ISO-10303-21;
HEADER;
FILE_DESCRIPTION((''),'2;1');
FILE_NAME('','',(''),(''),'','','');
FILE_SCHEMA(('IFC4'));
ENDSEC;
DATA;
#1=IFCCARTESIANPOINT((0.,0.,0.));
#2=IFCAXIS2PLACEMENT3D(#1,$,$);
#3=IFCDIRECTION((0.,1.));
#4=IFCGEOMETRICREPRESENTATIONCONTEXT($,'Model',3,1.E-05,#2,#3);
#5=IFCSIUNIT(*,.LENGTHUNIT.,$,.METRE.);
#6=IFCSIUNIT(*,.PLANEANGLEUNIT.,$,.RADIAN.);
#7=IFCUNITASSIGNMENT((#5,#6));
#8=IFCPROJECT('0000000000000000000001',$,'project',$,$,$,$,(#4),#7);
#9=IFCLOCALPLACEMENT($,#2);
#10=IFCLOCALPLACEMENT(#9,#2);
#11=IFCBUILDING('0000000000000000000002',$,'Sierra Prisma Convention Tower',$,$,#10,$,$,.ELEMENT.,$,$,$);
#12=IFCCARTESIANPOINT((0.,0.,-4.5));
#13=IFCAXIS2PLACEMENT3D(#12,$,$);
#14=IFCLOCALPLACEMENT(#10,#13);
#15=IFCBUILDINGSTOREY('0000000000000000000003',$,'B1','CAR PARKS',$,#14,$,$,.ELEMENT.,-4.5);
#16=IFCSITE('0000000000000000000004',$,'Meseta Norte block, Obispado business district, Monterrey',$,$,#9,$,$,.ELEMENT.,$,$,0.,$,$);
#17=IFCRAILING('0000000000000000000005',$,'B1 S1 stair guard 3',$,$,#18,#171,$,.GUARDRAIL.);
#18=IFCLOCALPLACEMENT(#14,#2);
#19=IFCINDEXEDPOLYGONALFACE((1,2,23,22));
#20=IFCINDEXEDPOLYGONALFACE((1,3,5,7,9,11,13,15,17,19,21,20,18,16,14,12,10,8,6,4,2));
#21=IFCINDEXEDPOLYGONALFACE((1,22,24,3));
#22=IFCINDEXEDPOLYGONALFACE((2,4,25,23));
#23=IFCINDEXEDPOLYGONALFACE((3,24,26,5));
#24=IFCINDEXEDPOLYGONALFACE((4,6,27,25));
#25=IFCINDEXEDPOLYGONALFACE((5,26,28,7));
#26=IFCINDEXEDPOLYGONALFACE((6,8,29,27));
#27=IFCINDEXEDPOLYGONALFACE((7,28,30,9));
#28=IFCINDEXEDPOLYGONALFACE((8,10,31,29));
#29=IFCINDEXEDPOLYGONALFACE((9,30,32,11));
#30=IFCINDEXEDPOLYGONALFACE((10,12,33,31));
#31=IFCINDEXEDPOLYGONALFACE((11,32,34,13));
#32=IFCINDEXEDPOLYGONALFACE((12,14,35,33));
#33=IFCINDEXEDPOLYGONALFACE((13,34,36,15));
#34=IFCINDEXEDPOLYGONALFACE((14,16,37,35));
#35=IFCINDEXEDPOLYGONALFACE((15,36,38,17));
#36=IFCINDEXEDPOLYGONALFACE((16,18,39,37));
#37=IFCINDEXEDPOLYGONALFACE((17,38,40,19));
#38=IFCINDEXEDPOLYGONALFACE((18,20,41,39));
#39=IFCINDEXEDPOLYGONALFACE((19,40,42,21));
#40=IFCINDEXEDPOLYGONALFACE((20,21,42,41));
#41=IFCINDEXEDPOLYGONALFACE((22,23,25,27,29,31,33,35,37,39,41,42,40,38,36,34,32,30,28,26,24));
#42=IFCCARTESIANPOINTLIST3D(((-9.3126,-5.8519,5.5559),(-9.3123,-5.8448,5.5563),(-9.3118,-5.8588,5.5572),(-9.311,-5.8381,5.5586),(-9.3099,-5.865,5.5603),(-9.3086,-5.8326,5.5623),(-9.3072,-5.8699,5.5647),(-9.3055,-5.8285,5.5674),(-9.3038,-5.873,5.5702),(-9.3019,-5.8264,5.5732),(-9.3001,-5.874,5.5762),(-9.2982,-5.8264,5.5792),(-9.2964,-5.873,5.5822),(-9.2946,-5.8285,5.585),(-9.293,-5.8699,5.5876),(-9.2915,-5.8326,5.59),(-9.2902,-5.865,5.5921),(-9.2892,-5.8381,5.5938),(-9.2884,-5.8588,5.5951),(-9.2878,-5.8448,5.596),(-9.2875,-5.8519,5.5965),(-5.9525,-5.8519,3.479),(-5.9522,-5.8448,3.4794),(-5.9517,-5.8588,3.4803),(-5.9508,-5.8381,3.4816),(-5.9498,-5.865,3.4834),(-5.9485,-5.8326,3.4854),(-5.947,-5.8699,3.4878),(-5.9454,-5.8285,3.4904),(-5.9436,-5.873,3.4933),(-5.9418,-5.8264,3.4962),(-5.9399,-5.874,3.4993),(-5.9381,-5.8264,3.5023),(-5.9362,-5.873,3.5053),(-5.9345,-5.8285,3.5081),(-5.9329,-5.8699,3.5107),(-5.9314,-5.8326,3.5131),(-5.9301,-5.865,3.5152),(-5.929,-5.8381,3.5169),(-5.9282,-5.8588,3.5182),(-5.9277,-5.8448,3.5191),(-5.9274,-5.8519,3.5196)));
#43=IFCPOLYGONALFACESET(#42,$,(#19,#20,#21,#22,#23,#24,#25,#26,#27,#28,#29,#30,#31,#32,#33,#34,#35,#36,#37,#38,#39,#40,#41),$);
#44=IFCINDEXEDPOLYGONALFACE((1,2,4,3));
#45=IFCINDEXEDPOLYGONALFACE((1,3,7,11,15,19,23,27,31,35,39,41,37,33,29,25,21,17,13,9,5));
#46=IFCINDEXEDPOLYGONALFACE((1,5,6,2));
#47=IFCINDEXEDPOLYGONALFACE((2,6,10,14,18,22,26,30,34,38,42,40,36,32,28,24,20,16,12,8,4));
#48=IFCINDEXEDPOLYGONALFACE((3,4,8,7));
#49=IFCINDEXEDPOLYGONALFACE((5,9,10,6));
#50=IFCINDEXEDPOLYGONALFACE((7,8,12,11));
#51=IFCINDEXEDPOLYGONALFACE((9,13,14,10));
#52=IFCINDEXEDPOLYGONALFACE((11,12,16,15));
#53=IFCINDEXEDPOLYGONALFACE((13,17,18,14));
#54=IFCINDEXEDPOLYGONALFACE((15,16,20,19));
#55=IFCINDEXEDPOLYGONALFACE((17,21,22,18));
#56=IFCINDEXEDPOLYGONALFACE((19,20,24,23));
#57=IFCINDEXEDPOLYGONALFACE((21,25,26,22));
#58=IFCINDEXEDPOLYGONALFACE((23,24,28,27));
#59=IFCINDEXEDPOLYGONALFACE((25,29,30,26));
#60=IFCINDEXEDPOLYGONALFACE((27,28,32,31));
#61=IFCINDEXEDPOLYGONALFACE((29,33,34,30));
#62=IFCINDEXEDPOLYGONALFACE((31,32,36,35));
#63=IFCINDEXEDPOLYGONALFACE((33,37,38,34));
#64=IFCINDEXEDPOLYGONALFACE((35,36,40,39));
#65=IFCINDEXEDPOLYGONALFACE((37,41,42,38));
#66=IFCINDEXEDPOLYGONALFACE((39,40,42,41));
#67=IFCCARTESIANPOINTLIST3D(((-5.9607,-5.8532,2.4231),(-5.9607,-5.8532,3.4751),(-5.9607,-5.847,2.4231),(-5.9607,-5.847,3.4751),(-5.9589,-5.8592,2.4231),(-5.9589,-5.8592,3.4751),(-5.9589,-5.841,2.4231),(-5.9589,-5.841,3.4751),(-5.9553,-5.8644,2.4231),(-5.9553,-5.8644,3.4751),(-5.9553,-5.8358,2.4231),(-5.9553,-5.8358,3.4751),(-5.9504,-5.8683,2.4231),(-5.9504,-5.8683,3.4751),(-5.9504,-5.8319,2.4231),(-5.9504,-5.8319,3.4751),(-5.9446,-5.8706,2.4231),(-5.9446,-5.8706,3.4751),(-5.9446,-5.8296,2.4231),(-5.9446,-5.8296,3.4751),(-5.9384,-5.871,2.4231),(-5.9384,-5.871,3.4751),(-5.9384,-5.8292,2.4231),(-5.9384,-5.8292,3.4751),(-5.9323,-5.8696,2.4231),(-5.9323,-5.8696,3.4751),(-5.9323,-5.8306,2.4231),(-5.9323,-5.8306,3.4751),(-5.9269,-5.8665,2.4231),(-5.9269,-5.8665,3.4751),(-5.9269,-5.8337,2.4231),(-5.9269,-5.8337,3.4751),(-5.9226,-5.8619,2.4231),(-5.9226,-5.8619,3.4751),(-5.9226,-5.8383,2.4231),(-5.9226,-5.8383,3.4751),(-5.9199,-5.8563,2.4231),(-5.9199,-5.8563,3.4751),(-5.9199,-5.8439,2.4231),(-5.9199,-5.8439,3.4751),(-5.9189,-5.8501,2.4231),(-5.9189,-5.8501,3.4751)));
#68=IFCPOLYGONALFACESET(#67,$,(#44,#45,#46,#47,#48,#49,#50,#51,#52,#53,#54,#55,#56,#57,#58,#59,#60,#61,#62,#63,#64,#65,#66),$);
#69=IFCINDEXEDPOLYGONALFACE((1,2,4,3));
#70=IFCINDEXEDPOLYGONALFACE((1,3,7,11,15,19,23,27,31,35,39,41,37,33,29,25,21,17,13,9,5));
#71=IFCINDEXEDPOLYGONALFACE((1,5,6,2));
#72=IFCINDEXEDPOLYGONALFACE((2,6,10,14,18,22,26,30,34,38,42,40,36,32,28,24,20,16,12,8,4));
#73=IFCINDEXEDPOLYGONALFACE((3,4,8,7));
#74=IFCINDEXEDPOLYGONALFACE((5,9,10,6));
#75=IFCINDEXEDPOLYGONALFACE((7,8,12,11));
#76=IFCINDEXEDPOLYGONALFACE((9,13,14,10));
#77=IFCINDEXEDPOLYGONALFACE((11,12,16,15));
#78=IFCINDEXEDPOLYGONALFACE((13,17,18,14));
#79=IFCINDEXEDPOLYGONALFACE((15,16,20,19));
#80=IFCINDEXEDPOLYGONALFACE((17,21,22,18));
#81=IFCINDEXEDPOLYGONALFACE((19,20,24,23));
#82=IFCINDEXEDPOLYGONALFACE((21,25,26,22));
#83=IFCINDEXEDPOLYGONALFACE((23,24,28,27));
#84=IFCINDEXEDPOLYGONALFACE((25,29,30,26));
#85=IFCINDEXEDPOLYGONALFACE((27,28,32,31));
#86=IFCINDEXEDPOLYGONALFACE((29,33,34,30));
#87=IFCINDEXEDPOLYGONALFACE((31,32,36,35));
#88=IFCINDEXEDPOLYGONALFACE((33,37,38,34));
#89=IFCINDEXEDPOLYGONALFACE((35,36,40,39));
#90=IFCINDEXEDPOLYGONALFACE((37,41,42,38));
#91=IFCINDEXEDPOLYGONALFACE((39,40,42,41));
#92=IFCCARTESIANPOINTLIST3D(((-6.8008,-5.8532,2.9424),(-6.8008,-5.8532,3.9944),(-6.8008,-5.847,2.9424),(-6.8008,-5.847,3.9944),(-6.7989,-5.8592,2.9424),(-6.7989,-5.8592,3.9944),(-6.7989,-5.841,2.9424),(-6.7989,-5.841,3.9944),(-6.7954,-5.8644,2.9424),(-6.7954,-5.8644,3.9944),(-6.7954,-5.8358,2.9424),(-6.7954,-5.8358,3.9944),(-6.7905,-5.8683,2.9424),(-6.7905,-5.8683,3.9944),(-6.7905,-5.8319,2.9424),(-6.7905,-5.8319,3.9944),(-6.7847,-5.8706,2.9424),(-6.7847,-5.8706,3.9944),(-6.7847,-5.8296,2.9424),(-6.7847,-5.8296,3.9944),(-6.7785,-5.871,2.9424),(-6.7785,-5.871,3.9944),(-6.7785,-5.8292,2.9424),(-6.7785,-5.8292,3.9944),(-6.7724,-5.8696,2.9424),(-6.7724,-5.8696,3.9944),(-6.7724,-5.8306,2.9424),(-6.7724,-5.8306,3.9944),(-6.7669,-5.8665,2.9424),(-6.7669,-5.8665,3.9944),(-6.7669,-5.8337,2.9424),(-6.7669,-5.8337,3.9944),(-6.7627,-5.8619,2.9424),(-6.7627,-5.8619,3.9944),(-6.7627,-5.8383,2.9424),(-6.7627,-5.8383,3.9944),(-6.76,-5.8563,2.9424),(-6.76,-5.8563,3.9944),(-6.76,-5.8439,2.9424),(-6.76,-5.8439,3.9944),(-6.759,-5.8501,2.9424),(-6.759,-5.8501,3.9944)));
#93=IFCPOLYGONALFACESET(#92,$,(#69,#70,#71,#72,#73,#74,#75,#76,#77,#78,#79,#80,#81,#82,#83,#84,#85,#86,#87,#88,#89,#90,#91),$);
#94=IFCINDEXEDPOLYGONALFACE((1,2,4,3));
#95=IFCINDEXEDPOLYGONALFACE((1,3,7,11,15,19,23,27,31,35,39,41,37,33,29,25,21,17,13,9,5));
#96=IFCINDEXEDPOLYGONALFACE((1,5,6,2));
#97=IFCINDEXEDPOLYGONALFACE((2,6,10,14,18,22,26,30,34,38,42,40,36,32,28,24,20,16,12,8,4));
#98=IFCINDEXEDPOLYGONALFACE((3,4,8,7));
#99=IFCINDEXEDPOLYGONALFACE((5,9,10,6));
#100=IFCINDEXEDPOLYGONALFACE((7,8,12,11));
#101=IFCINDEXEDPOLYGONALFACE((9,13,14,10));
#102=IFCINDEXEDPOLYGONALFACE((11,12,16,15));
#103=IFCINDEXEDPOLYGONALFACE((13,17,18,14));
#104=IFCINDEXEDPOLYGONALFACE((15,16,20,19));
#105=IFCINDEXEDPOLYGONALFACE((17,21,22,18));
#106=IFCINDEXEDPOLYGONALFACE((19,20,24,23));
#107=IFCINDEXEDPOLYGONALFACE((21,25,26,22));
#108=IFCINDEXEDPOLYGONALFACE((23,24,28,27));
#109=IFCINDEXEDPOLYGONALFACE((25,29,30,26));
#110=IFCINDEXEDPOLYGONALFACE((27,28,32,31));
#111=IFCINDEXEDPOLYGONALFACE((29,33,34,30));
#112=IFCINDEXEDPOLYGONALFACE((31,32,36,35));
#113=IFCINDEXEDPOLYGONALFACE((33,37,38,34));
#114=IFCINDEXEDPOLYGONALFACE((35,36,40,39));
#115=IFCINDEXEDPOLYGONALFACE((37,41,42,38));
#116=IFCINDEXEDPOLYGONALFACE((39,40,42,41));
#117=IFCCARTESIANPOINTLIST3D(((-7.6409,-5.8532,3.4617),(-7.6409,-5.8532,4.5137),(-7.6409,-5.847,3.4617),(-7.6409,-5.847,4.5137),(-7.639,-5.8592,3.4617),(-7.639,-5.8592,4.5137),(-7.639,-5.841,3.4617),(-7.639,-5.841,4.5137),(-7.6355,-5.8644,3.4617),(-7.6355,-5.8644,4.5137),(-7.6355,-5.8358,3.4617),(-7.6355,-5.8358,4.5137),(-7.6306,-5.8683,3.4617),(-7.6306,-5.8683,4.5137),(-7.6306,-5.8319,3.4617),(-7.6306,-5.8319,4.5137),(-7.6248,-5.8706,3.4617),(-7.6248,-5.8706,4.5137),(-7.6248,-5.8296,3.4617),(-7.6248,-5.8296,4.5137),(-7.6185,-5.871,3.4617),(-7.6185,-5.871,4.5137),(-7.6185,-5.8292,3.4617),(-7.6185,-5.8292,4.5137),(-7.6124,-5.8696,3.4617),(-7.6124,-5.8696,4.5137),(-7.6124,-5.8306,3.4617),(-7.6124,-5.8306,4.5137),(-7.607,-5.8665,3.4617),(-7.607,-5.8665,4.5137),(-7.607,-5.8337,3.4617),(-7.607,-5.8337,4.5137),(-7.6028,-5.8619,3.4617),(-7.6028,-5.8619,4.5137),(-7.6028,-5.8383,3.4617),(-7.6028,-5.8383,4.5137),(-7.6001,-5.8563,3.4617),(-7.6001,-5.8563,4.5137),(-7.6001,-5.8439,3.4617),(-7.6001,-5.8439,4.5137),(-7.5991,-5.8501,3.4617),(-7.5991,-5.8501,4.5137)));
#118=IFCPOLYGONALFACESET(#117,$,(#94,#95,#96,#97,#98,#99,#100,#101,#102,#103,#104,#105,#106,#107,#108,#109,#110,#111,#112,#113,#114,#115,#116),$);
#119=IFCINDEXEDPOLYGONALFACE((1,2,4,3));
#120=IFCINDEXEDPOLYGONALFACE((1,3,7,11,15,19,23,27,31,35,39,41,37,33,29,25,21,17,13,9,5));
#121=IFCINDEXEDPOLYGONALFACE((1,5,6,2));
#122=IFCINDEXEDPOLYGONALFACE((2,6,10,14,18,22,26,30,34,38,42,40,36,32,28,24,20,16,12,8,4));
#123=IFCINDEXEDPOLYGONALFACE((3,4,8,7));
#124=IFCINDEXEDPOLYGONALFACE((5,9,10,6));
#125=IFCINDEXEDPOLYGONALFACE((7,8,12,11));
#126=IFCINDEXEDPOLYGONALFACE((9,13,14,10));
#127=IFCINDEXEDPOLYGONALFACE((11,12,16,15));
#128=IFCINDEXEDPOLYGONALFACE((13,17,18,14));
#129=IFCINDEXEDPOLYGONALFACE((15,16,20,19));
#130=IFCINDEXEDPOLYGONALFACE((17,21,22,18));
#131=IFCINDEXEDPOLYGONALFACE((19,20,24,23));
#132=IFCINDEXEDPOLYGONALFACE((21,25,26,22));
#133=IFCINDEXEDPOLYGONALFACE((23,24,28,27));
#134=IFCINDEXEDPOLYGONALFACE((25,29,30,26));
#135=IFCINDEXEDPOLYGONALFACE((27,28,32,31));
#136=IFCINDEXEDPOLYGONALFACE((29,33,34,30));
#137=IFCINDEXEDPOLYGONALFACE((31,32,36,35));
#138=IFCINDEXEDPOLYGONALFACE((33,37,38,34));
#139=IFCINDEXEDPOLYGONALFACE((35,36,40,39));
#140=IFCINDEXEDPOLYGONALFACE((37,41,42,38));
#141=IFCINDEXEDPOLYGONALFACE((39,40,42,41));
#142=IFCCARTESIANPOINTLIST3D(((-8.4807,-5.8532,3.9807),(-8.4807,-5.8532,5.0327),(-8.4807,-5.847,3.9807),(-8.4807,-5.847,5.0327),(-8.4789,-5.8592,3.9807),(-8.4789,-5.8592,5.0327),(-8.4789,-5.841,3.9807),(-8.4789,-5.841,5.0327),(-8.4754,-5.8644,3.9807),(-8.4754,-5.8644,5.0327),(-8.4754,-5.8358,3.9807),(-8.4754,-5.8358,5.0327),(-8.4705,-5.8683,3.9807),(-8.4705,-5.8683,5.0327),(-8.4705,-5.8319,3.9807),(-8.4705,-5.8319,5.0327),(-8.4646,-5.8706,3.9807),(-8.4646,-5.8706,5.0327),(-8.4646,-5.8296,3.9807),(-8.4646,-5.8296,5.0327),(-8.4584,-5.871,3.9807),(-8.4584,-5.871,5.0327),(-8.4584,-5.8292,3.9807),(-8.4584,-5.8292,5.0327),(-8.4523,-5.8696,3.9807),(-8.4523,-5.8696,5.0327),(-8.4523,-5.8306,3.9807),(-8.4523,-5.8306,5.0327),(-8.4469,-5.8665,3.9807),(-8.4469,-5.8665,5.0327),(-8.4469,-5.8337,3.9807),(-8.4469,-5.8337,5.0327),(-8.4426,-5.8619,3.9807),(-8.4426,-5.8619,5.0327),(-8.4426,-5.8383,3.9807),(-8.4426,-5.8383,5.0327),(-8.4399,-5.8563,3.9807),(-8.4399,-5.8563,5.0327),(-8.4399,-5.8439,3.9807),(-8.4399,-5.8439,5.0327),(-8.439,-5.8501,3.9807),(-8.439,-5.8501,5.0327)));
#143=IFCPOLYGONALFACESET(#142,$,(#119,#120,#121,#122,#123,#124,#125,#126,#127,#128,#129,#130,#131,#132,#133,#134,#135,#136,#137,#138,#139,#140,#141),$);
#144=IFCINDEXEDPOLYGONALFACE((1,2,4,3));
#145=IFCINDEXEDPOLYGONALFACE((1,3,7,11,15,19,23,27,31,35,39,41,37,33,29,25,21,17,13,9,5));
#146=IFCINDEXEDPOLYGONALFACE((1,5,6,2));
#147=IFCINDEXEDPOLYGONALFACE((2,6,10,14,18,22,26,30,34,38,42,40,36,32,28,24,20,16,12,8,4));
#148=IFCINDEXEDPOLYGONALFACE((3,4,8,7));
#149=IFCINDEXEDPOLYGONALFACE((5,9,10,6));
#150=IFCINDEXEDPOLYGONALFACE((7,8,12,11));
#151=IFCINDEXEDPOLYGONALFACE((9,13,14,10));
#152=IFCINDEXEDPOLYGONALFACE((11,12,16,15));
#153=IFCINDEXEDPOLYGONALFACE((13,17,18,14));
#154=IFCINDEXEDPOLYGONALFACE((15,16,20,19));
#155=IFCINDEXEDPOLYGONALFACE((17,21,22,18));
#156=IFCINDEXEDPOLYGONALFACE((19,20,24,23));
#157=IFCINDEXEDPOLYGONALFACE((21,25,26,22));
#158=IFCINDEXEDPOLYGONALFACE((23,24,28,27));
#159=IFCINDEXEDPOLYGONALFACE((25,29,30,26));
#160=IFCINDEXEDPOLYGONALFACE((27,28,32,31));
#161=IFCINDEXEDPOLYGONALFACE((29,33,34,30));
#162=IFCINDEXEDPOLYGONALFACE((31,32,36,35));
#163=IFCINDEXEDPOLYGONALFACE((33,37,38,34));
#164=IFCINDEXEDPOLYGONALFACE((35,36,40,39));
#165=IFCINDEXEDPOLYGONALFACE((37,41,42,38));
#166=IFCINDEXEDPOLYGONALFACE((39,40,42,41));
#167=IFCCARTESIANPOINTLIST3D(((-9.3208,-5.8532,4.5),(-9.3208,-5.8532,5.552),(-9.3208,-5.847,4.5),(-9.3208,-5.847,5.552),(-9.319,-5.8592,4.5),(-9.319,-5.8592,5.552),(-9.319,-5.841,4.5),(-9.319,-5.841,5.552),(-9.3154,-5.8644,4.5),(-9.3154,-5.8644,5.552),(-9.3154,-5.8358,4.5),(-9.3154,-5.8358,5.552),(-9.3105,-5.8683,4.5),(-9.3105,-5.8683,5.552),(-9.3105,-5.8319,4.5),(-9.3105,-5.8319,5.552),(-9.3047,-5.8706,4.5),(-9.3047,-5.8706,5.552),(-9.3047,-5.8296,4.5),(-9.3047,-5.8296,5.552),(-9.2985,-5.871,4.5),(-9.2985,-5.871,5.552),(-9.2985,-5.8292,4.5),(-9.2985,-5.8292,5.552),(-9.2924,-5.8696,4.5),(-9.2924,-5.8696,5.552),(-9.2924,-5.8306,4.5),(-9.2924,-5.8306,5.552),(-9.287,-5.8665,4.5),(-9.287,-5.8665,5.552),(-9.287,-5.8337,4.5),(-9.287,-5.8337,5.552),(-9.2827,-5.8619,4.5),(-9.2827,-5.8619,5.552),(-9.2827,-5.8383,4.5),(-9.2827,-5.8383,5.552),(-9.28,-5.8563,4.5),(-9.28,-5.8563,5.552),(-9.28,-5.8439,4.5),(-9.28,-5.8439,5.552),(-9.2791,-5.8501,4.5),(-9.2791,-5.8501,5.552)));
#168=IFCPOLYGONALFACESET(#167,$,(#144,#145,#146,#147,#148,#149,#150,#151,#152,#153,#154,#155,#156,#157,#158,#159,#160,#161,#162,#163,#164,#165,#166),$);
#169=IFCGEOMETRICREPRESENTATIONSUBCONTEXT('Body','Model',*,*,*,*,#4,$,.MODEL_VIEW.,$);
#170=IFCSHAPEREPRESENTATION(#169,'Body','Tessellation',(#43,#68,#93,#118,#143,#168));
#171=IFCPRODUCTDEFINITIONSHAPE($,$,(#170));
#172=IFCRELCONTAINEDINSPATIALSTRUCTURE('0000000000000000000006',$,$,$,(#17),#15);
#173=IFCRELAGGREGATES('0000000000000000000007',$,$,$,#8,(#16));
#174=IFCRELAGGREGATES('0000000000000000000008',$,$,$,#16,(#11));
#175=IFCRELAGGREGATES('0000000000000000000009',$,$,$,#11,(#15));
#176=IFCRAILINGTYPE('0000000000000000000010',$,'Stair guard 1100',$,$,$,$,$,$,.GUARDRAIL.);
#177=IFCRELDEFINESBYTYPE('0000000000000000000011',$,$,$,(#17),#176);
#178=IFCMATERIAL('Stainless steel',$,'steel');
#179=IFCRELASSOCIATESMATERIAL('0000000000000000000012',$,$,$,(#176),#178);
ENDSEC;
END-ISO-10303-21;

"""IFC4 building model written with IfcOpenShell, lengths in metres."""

from ifc_helpers import new_model, si_unit, direction, frame, origin, origin_2d, place, context, subcontext, project, spatial, circle, extrude, material, type_object, element, save


model = new_model("IFC4")

# Units and contexts
model_context = context("Model", 3, precision=1e-05, world=origin(), true_north=direction((0.0, 1.0)))
body_context = subcontext(model_context, "Body", "Model", "MODEL_VIEW")
ifc_project = project(units=[si_unit("LENGTHUNIT", "METRE"), si_unit("PLANEANGLEUNIT", "RADIAN")], contexts=[model_context])

# Site, building, storey
site_placement = place(None, origin())
site = spatial("IfcSite", under=ifc_project, at=site_placement, Name="Meseta Norte block, Obispado business district, Monterrey", CompositionType="ELEMENT", RefElevation=0.0)
building_placement = place(site_placement, origin())
building = spatial("IfcBuilding", under=site, at=building_placement, Name="Sierra Prisma Convention Tower", CompositionType="ELEMENT")
storey_placement = place(building_placement, frame((0.0, 0.0, -4.5)))
storey = spatial("IfcBuildingStorey", under=building, at=storey_placement, Name="B1", Description="CAR PARKS", CompositionType="ELEMENT", Elevation=-4.5)

# Railing
ifc_material_1 = material(Name="Stainless steel", Category="steel")
railing_type_1 = type_object("IfcRailingType", Name="Stair guard 1100", PredefinedType="GUARDRAIL", material=ifc_material_1)
railing_1_placement = place(storey_placement, frame((-5.9399, -5.8501, 2.4231)))
element("IfcRailing", 1, at=railing_1_placement, inside=storey, type_object=railing_type_1, Name="B1 S1 stair guard 3", PredefinedType="GUARDRAIL", context=body_context, shape_type="SweptSolid", body=[
    extrude(circle(Radius=0.0239, at=origin_2d()), frame((0.0, 0.0, 1.0762), z_axis=(-0.850623, 0.0, 0.525776), x_axis=(0.0, -1.0, 0.0)), (0.0, 0.0, 1.0), 3.9502),
    extrude(circle(Radius=0.021, at=origin_2d()), origin(), (0.0, 0.0, 1.0), 1.052),
    extrude(circle(Radius=0.021, at=origin_2d()), frame((-0.8401, 0.0, 0.5193)), (0.0, 0.0, 1.0), 1.052),
    extrude(circle(Radius=0.021, at=origin_2d()), frame((-1.6802, 0.0, 1.0386)), (0.0, 0.0, 1.0), 1.052),
    extrude(circle(Radius=0.021, at=origin_2d()), frame((-2.52, 0.0, 1.5576)), (0.0, 0.0, 1.0), 1.052),
    extrude(circle(Radius=0.021, at=origin_2d()), frame((-3.3601, 0.0, 2.0769)), (0.0, 0.0, 1.0), 1.052),
])

save(model, "model.ifc")
